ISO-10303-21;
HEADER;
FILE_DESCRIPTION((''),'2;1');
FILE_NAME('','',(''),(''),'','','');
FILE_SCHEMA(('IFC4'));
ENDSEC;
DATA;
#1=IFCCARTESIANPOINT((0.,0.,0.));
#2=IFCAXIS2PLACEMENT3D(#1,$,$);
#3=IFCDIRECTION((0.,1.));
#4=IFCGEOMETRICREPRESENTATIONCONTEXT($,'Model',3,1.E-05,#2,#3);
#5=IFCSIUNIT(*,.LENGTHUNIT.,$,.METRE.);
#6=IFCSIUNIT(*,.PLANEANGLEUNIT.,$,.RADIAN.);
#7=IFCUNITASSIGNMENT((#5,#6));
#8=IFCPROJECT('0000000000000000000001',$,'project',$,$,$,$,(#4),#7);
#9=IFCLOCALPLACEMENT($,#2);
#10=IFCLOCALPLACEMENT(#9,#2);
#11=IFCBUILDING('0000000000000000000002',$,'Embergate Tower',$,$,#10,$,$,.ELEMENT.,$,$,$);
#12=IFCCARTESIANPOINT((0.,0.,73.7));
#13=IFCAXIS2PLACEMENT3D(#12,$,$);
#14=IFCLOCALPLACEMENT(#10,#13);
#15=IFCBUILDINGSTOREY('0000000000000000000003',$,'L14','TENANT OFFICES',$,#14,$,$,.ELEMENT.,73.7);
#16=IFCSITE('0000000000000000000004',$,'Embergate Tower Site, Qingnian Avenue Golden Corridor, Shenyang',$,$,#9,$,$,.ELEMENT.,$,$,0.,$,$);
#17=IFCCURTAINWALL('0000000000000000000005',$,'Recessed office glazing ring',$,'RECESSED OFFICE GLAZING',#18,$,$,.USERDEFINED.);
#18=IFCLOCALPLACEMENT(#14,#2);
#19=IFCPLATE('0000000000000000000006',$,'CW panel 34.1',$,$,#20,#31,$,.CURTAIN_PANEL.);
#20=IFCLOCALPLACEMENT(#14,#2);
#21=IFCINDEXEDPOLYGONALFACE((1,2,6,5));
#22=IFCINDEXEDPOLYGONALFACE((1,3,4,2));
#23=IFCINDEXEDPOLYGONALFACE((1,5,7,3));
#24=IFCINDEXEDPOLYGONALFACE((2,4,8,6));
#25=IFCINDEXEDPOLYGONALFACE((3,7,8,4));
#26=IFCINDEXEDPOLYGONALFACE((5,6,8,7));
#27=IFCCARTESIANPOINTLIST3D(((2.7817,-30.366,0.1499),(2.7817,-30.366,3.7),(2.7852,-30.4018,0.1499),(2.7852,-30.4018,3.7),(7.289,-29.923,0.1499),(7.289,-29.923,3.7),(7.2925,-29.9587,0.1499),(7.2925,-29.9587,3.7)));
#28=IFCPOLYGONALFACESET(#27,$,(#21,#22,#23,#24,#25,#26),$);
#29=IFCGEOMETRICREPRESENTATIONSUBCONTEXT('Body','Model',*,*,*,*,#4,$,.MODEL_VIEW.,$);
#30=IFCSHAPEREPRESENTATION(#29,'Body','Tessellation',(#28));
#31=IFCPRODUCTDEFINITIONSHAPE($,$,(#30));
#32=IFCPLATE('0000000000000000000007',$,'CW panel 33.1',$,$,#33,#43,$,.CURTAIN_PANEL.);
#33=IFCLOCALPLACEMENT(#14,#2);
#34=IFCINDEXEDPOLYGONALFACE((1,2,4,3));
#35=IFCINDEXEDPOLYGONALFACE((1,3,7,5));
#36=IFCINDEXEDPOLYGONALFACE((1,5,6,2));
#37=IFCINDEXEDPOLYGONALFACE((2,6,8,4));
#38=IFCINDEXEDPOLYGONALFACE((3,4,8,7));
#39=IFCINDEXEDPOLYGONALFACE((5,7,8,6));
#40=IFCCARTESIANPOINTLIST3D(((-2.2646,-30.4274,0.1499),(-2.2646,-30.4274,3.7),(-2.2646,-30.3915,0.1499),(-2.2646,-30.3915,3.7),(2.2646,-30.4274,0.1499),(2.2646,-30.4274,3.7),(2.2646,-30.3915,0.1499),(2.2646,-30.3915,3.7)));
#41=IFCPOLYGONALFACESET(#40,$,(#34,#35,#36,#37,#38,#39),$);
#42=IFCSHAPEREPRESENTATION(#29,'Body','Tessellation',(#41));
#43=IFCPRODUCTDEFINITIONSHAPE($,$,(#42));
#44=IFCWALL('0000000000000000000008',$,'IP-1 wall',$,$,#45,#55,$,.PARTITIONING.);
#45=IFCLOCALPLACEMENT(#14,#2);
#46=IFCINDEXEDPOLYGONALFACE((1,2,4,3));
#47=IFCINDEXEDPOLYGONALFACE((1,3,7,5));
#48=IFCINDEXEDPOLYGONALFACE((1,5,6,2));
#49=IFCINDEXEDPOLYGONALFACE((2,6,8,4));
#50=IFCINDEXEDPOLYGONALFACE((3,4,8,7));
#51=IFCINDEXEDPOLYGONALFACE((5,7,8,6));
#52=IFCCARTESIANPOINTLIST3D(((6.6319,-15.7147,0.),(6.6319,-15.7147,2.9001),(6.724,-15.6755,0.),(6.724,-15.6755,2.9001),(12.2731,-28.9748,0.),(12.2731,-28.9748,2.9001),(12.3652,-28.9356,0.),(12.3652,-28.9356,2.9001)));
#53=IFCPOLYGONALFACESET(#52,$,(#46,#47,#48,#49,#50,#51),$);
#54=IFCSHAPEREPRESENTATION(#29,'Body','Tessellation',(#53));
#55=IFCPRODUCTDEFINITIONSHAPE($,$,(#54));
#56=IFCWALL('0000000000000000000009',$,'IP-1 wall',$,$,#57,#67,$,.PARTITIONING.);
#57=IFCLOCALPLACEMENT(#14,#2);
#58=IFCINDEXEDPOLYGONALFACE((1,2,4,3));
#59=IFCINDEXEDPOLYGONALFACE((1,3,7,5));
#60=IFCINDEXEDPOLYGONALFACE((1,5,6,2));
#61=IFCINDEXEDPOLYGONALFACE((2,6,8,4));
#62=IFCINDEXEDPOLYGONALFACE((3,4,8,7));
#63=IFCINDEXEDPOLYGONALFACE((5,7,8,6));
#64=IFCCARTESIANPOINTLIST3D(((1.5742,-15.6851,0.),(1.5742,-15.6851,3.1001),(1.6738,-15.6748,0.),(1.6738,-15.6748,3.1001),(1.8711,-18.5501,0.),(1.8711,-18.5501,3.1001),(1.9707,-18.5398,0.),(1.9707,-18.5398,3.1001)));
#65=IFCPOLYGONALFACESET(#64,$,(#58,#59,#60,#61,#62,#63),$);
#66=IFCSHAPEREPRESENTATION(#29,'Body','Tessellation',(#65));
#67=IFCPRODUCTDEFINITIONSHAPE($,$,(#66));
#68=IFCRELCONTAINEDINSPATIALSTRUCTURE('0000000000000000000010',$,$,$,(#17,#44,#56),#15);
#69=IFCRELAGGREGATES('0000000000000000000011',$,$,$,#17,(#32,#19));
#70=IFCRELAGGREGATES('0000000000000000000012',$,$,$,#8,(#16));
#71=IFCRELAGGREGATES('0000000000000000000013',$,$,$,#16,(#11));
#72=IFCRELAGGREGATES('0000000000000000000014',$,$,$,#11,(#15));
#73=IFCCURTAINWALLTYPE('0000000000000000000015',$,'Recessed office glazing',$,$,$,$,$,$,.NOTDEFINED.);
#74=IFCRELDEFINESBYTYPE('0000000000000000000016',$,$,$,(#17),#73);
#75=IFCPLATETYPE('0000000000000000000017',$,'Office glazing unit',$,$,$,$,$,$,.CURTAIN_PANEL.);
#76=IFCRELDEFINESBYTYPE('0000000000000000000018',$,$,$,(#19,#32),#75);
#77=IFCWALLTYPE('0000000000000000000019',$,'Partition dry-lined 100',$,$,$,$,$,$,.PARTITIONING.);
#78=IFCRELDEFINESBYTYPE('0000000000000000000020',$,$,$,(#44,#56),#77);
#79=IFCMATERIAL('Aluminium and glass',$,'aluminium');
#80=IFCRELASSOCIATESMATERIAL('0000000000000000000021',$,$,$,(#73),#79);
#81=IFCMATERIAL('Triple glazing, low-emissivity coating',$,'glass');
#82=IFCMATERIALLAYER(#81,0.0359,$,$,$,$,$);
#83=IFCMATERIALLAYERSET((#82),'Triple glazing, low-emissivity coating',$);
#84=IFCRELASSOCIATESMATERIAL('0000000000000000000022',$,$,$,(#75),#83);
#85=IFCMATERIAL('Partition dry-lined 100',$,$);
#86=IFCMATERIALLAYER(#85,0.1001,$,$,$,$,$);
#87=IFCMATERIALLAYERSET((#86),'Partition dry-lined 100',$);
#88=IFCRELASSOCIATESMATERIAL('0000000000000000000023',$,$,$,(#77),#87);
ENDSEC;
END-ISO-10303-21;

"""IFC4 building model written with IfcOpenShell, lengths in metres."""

from ifc_helpers import new_model, si_unit, direction, frame, frame_2d, origin, origin_2d, place, context, subcontext, project, spatial, rectangle, extrude, source, transform, mapped, material, layer, layer_set, type_object, element, aggregate, save


model = new_model("IFC4")

# Units and contexts
model_context = context("Model", 3, precision=1e-05, world=origin(), true_north=direction((0.0, 1.0)))
body_context = subcontext(model_context, "Body", "Model", "MODEL_VIEW")
ifc_project = project(units=[si_unit("LENGTHUNIT", "METRE"), si_unit("PLANEANGLEUNIT", "RADIAN")], contexts=[model_context])

# Site, building, storey
site_placement = place(None, origin())
site = spatial("IfcSite", under=ifc_project, at=site_placement, Name="Embergate Tower Site, Qingnian Avenue Golden Corridor, Shenyang", CompositionType="ELEMENT", RefElevation=0.0)
building_placement = place(site_placement, origin())
building = spatial("IfcBuilding", under=site, at=building_placement, Name="Embergate Tower", CompositionType="ELEMENT")
storey_placement = place(building_placement, frame((0.0, 0.0, 73.7)))
storey = spatial("IfcBuildingStorey", under=building, at=storey_placement, Name="L14", Description="TENANT OFFICES", CompositionType="ELEMENT", Elevation=73.7)

# Curtain wall, plates
ifc_material_1 = material(Name="Aluminium and glass", Category="aluminium")
curtain_wall_type = type_object("IfcCurtainWallType", Name="Recessed office glazing", PredefinedType="NOTDEFINED", material=ifc_material_1)
curtain_wall_placement = place(storey_placement, origin())
curtain_wall = element("IfcCurtainWall", 1, at=curtain_wall_placement, inside=storey, type_object=curtain_wall_type, Name="Recessed office glazing ring", ObjectType="RECESSED OFFICE GLAZING", PredefinedType="USERDEFINED")
ifc_material_2 = material(Name="Triple glazing, low-emissivity coating", Category="glass")
ifc_layer_1 = layer(ifc_material_2, 0.0359)
ifc_layer_set_1 = layer_set([ifc_layer_1], Name="Triple glazing, low-emissivity coating")
plate_type = type_object("IfcPlateType", Name="Office glazing unit", PredefinedType="CURTAIN_PANEL", material=ifc_layer_set_1)
shared_shape_1 = source(origin(), body_context, "Body", "SweptSolid", [
    extrude(rectangle(XDim=4.5291, YDim=0.0359, at=origin_2d()), origin(), (0.0, 0.0, 1.0), 3.55),
])
plate_1_placement = place(storey_placement, frame((5.0371, -30.1624, 0.1499), z_axis=(0.0, 0.0, 1.0), x_axis=(0.995203, 0.097831, 0.0)))
plate_1 = element("IfcPlate", 2, at=plate_1_placement, type_object=plate_type, Name="CW panel 34.1", PredefinedType="CURTAIN_PANEL", context=body_context, shape_type="MappedRepresentation", body=[
    mapped(shared_shape_1, transform((0.0, 0.0, 0.0))),
])
shared_shape_2 = source(origin(), body_context, "Body", "SweptSolid", [
    extrude(rectangle(XDim=4.5293, YDim=0.0359, at=origin_2d()), origin(), (0.0, 0.0, 1.0), 3.55),
])
plate_2_placement = place(storey_placement, frame((0.0, -30.4094, 0.1499), z_axis=(0.0, 0.0, 1.0), x_axis=(1.0, 0.0, 0.0)))
plate_2 = element("IfcPlate", 3, at=plate_2_placement, type_object=plate_type, Name="CW panel 33.1", PredefinedType="CURTAIN_PANEL", context=body_context, shape_type="MappedRepresentation", body=[
    mapped(shared_shape_2, transform((0.0, 0.0, 0.0))),
])
aggregate(curtain_wall, [plate_2, plate_1])

# Walls
ifc_material_3 = material(Name="Partition dry-lined 100")
ifc_layer_2 = layer(ifc_material_3, 0.1001)
ifc_layer_set_2 = layer_set([ifc_layer_2], Name="Partition dry-lined 100")
wall_type = type_object("IfcWallType", Name="Partition dry-lined 100", PredefinedType="PARTITIONING", material=ifc_layer_set_2)
shared_shape_3 = source(origin(), body_context, "Body", "SweptSolid", [
    extrude(rectangle(XDim=14.4102, YDim=0.1001, at=frame_2d((7.2051, 0.0))), origin(), (0.0, 0.0, 1.0), 2.9001),
])
wall_1_placement = place(storey_placement, frame((6.678, -15.6951, 0.0), z_axis=(0.0, 0.0, 1.0), x_axis=(0.39147, -0.920191, 0.0)))
element("IfcWall", 4, at=wall_1_placement, inside=storey, type_object=wall_type, Name="IP-1 wall", PredefinedType="PARTITIONING", context=body_context, shape_type="MappedRepresentation", body=[
    mapped(shared_shape_3, transform((0.0, 0.0, 0.0))),
])
shared_shape_4 = source(origin(), body_context, "Body", "SweptSolid", [
    extrude(rectangle(XDim=2.8804, YDim=0.1001, at=frame_2d((1.4402, 0.0))), origin(), (0.0, 0.0, 1.0), 3.1001),
])
wall_2_placement = place(storey_placement, frame((1.624, -15.6799, 0.0), z_axis=(0.0, 0.0, 1.0), x_axis=(0.10307, -0.994674, 0.0)))
element("IfcWall", 5, at=wall_2_placement, inside=storey, type_object=wall_type, Name="IP-1 wall", PredefinedType="PARTITIONING", context=body_context, shape_type="MappedRepresentation", body=[
    mapped(shared_shape_4, transform((0.0, 0.0, 0.0))),
])

save(model, "model.ifc")
